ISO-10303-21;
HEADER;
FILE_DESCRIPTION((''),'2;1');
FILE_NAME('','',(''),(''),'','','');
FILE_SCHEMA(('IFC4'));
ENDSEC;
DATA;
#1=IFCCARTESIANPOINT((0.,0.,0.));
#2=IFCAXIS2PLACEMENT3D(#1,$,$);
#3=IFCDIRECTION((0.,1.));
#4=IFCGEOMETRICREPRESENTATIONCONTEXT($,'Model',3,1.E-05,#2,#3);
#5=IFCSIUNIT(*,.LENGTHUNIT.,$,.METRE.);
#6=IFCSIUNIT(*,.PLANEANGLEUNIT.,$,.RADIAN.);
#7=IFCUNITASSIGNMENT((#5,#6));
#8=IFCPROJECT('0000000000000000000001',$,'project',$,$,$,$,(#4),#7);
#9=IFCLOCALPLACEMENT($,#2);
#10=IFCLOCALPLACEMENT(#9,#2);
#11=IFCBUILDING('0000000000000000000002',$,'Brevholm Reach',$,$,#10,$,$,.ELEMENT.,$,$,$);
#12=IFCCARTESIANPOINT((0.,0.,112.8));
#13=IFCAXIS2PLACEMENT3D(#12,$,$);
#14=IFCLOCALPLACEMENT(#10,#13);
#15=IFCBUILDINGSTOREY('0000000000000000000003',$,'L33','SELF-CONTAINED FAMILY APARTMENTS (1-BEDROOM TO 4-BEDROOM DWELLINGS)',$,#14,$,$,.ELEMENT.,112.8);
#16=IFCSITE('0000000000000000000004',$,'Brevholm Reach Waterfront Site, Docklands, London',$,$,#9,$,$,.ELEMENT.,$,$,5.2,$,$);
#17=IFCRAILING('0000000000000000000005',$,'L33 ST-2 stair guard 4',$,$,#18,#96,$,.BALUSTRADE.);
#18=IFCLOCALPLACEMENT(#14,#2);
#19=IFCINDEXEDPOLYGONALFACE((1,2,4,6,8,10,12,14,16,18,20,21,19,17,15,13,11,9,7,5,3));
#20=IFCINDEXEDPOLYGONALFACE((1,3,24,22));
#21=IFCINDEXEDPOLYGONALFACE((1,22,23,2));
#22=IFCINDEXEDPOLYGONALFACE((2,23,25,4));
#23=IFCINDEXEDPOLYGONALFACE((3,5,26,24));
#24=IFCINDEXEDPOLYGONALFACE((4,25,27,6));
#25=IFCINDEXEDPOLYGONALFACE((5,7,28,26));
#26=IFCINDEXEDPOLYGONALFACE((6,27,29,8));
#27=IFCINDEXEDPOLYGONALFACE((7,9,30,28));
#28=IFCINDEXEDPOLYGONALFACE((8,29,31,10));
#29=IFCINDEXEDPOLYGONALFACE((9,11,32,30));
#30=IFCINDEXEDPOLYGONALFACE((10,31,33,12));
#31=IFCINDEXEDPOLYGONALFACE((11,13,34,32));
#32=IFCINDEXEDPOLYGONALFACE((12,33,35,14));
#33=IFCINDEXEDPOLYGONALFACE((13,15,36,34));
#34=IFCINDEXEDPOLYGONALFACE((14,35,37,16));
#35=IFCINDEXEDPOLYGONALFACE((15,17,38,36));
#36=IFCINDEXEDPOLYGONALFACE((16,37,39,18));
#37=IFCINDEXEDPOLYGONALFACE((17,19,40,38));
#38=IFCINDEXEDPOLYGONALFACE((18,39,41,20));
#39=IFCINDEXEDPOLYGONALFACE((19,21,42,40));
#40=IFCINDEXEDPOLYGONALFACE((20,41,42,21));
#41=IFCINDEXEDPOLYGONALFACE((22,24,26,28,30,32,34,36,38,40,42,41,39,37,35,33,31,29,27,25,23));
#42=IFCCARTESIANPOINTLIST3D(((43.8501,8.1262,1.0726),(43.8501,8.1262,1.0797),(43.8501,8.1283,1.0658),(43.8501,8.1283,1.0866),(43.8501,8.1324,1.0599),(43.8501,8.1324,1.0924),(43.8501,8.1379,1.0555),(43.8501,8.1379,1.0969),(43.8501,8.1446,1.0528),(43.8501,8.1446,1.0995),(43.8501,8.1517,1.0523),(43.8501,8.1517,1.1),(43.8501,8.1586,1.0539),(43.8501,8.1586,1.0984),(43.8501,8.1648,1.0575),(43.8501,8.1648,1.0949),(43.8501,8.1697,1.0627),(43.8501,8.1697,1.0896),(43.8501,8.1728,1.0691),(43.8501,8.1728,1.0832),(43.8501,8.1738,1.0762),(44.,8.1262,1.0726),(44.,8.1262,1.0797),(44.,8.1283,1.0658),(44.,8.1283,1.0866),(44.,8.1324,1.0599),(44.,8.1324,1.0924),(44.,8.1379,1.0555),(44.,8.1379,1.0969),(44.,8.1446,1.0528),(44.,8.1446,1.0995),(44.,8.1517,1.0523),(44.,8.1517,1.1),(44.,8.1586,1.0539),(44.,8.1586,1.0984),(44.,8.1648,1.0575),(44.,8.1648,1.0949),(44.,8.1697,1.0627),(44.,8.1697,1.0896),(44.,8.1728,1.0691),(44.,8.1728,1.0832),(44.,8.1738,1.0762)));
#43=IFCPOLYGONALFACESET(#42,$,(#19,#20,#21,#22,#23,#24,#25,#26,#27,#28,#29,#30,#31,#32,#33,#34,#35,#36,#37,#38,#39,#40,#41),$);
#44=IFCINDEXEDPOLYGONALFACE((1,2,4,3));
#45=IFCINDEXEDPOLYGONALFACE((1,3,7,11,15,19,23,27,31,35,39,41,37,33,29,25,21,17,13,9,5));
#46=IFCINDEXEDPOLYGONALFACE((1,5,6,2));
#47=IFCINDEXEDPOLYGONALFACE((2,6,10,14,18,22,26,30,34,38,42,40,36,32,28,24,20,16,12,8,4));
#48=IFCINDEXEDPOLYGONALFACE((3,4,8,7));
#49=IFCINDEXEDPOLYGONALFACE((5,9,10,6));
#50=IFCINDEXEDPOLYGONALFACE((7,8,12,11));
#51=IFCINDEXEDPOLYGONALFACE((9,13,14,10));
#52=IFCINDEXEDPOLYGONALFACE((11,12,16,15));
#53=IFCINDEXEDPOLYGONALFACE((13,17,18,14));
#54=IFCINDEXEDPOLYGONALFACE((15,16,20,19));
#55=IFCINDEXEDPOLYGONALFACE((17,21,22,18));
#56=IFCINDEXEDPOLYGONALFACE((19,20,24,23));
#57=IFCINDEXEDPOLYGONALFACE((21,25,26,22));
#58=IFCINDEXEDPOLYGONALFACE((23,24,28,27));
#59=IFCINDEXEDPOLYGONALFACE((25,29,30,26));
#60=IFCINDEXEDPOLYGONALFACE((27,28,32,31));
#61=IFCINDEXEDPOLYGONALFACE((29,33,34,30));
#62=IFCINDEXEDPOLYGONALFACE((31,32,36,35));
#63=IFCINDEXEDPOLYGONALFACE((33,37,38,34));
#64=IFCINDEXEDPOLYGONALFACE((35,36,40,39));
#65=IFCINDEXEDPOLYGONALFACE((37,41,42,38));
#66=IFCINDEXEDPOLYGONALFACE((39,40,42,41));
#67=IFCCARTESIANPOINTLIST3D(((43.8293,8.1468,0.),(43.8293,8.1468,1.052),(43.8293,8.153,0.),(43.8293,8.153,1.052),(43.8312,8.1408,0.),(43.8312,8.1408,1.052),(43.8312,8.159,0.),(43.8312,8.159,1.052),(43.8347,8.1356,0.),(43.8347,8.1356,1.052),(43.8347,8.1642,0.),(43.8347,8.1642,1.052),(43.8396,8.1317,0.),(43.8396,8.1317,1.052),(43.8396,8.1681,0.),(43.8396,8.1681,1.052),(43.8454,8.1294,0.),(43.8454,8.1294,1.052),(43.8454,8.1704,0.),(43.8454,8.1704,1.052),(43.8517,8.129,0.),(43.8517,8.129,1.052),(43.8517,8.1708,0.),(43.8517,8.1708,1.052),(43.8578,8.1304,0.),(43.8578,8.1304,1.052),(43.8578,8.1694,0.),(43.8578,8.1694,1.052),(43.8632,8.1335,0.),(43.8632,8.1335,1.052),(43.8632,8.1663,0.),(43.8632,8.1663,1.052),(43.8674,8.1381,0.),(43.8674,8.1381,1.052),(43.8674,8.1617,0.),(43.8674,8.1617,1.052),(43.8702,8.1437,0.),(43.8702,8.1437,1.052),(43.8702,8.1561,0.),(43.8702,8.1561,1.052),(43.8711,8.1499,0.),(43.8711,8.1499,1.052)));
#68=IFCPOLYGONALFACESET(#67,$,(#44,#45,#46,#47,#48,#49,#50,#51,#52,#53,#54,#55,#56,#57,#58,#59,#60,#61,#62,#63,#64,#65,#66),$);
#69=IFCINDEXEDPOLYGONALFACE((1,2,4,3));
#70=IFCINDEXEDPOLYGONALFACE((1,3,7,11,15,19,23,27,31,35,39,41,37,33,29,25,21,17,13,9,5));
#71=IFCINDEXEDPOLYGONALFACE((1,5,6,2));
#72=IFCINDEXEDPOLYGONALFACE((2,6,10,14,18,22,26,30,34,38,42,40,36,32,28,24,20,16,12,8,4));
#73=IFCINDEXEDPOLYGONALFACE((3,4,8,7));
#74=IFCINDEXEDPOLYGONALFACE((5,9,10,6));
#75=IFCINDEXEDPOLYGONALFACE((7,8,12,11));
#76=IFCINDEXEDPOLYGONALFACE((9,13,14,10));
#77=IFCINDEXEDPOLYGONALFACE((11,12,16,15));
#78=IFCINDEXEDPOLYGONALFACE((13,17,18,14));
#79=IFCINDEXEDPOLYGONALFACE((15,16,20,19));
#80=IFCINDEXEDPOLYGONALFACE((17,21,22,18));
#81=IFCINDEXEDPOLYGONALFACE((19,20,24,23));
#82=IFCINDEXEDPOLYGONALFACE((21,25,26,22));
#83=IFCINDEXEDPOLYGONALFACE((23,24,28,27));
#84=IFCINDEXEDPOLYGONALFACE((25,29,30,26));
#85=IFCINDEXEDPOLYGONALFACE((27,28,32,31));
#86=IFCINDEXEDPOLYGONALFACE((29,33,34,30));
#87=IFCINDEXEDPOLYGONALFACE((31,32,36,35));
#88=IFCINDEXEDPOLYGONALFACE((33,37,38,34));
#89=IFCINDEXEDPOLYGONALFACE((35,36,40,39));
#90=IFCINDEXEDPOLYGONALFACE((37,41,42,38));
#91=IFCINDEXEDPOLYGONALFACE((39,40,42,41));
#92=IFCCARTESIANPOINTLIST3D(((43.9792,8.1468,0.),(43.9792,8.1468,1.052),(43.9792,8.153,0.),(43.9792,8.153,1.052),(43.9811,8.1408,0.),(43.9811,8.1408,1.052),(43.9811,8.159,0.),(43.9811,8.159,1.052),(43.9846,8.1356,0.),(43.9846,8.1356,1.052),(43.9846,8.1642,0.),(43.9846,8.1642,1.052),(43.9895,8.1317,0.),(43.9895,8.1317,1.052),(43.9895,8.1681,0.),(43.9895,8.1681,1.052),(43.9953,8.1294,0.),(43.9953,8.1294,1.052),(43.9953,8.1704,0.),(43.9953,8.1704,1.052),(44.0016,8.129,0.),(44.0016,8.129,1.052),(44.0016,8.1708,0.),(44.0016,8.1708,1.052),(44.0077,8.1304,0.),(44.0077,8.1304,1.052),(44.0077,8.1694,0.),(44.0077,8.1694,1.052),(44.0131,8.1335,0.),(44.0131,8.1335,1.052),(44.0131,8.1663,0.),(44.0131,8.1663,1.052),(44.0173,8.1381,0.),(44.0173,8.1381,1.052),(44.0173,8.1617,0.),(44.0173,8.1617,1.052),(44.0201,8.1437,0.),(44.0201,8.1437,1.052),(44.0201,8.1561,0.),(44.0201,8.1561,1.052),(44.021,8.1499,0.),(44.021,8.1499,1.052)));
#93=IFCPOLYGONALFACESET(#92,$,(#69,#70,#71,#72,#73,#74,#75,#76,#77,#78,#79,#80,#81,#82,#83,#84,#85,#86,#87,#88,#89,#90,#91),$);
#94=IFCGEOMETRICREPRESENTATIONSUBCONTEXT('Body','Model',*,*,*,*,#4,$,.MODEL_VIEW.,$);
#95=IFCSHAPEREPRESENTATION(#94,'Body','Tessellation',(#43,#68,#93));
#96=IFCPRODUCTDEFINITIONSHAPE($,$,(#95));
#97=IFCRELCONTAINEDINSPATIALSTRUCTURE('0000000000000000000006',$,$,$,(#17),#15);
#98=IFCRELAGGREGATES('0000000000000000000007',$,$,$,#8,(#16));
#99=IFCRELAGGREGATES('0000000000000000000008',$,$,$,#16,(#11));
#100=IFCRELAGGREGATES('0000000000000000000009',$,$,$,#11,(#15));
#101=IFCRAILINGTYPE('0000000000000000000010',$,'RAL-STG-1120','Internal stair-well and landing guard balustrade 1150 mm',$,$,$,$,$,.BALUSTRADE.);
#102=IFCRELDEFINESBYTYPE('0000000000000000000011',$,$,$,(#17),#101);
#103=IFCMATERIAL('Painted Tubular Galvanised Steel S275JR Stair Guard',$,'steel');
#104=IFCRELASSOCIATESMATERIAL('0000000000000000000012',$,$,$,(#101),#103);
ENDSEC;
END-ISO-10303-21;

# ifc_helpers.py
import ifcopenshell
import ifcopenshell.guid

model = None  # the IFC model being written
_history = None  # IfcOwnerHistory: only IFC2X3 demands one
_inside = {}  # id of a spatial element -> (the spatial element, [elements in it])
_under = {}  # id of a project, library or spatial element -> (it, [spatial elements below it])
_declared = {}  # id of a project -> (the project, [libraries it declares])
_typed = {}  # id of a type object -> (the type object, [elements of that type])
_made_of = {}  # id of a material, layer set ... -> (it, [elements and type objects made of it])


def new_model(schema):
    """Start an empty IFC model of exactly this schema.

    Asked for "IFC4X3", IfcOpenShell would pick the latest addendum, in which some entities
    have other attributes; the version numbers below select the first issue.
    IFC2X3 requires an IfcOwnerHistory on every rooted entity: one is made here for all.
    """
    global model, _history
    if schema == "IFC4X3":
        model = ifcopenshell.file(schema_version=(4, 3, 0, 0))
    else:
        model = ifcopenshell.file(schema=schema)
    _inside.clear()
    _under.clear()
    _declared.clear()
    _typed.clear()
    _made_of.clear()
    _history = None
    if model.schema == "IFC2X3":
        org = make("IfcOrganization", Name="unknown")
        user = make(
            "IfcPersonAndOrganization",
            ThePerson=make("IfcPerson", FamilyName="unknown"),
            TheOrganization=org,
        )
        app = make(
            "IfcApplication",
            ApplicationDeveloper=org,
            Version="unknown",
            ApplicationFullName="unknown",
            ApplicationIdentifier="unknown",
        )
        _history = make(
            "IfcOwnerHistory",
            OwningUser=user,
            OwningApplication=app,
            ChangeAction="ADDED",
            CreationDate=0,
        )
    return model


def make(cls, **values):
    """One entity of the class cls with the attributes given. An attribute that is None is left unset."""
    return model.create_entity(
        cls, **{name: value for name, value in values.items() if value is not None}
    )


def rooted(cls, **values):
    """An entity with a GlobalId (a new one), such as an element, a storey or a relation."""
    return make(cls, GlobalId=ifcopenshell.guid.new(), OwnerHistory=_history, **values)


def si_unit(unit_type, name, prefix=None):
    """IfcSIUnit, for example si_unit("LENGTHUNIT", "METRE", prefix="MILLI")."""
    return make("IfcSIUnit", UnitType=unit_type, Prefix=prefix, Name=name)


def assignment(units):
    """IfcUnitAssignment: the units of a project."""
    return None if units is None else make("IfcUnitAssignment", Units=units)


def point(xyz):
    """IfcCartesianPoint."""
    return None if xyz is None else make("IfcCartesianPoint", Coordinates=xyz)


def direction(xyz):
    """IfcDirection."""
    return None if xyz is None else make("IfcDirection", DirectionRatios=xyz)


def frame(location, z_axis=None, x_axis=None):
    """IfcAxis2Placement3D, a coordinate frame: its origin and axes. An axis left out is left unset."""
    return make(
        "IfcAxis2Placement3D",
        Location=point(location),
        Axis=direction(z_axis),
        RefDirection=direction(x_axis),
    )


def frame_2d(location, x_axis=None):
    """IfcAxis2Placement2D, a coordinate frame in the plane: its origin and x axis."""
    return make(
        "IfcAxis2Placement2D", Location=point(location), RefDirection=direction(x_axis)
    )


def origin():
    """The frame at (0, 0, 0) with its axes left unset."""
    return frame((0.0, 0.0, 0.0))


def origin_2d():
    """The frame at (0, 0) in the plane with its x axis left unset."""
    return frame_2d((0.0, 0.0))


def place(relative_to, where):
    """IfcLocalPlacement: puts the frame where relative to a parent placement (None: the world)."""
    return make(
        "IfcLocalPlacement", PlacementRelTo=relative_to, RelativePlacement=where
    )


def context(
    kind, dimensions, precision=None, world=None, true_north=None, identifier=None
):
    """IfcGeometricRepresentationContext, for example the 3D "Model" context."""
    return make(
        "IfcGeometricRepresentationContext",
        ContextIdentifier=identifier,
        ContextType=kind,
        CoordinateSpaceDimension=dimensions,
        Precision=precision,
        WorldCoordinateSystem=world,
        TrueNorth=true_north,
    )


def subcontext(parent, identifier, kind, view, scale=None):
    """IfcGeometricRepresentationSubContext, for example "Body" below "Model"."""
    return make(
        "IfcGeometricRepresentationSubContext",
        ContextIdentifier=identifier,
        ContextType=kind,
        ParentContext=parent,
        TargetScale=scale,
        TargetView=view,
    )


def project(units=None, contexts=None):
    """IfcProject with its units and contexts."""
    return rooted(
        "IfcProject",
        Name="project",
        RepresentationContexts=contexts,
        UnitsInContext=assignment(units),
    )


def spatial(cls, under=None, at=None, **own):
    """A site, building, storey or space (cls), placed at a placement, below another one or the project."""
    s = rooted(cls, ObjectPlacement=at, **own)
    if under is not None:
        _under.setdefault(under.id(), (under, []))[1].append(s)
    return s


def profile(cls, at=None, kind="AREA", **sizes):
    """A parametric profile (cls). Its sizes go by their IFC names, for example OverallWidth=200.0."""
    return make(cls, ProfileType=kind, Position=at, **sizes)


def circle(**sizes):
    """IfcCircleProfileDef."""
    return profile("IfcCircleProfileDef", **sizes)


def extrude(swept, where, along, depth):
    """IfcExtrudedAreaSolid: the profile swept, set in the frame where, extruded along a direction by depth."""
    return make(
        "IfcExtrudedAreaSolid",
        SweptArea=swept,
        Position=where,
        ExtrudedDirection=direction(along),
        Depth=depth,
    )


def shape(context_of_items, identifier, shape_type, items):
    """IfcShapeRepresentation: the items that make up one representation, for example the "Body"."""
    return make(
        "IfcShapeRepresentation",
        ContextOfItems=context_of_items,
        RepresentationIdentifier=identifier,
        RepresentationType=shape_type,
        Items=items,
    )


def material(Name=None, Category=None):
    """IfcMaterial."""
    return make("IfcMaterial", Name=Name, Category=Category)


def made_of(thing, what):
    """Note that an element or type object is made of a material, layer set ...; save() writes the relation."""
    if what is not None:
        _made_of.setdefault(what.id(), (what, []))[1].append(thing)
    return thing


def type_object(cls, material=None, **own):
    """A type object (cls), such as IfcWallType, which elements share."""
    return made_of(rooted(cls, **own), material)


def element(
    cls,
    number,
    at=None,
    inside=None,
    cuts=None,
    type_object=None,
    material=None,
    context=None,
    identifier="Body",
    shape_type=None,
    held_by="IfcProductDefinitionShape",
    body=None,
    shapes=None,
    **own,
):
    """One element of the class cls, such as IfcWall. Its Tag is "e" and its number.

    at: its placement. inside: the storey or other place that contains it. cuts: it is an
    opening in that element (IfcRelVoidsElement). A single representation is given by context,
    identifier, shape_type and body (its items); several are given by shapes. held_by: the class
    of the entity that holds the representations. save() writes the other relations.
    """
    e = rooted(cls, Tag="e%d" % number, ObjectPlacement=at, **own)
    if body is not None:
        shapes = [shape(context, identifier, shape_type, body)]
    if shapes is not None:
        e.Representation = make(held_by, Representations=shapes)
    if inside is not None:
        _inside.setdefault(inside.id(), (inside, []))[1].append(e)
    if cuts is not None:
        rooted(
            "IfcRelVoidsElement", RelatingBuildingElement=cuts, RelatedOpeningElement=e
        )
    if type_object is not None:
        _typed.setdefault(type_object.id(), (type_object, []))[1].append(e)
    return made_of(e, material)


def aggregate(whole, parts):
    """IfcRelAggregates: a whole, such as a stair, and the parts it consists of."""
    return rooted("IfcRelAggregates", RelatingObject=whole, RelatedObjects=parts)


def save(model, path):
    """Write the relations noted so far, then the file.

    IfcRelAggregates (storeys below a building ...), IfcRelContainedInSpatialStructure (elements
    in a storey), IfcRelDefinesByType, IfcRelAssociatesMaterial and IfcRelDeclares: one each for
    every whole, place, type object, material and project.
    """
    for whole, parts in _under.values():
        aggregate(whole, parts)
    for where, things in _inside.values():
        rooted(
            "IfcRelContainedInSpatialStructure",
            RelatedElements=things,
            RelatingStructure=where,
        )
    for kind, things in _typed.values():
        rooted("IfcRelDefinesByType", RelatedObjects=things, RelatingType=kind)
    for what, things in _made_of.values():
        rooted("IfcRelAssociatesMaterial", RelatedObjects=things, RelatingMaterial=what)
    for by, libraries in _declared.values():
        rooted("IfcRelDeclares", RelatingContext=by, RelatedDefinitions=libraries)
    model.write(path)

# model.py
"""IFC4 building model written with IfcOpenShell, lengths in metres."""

from ifc_helpers import new_model, si_unit, direction, frame, origin, origin_2d, place, context, subcontext, project, spatial, circle, extrude, material, type_object, element, save


model = new_model("IFC4")

# Units and contexts
model_context = context("Model", 3, precision=1e-05, world=origin(), true_north=direction((0.0, 1.0)))
body_context = subcontext(model_context, "Body", "Model", "MODEL_VIEW")
ifc_project = project(units=[si_unit("LENGTHUNIT", "METRE"), si_unit("PLANEANGLEUNIT", "RADIAN")], contexts=[model_context])

# Site, building, storey
site_placement = place(None, origin())
site = spatial("IfcSite", under=ifc_project, at=site_placement, Name="Brevholm Reach Waterfront Site, Docklands, London", CompositionType="ELEMENT", RefElevation=5.2)
building_placement = place(site_placement, origin())
building = spatial("IfcBuilding", under=site, at=building_placement, Name="Brevholm Reach", CompositionType="ELEMENT")
storey_placement = place(building_placement, frame((0.0, 0.0, 112.8)))
storey = spatial("IfcBuildingStorey", under=building, at=storey_placement, Name="L33", Description="SELF-CONTAINED FAMILY APARTMENTS (1-BEDROOM TO 4-BEDROOM DWELLINGS)", CompositionType="ELEMENT", Elevation=112.8)

# Railing
ifc_material_1 = material(Name="Painted Tubular Galvanised Steel S275JR Stair Guard", Category="steel")
railing_type = type_object("IfcRailingType", Name="RAL-STG-1120", Description="Internal stair-well and landing guard balustrade 1150 mm", PredefinedType="BALUSTRADE", material=ifc_material_1)
railing_1_placement = place(storey_placement, frame((43.8501, 8.1499, 0.0)))
element("IfcRailing", 1, at=railing_1_placement, inside=storey, type_object=railing_type, Name="L33 ST-2 stair guard 4", PredefinedType="BALUSTRADE", context=body_context, shape_type="SweptSolid", body=[
    extrude(circle(Radius=0.0239, at=origin_2d()), frame((0.0, 0.0, 1.0762), z_axis=(1.0, 0.0, 0.0), x_axis=(0.0, 1.0, 0.0)), (0.0, 0.0, 1.0), 0.1499),
    extrude(circle(Radius=0.021, at=origin_2d()), origin(), (0.0, 0.0, 1.0), 1.052),
    extrude(circle(Radius=0.021, at=origin_2d()), frame((0.1499, 0.0, 0.0)), (0.0, 0.0, 1.0), 1.052),
])

save(model, "model.ifc")
